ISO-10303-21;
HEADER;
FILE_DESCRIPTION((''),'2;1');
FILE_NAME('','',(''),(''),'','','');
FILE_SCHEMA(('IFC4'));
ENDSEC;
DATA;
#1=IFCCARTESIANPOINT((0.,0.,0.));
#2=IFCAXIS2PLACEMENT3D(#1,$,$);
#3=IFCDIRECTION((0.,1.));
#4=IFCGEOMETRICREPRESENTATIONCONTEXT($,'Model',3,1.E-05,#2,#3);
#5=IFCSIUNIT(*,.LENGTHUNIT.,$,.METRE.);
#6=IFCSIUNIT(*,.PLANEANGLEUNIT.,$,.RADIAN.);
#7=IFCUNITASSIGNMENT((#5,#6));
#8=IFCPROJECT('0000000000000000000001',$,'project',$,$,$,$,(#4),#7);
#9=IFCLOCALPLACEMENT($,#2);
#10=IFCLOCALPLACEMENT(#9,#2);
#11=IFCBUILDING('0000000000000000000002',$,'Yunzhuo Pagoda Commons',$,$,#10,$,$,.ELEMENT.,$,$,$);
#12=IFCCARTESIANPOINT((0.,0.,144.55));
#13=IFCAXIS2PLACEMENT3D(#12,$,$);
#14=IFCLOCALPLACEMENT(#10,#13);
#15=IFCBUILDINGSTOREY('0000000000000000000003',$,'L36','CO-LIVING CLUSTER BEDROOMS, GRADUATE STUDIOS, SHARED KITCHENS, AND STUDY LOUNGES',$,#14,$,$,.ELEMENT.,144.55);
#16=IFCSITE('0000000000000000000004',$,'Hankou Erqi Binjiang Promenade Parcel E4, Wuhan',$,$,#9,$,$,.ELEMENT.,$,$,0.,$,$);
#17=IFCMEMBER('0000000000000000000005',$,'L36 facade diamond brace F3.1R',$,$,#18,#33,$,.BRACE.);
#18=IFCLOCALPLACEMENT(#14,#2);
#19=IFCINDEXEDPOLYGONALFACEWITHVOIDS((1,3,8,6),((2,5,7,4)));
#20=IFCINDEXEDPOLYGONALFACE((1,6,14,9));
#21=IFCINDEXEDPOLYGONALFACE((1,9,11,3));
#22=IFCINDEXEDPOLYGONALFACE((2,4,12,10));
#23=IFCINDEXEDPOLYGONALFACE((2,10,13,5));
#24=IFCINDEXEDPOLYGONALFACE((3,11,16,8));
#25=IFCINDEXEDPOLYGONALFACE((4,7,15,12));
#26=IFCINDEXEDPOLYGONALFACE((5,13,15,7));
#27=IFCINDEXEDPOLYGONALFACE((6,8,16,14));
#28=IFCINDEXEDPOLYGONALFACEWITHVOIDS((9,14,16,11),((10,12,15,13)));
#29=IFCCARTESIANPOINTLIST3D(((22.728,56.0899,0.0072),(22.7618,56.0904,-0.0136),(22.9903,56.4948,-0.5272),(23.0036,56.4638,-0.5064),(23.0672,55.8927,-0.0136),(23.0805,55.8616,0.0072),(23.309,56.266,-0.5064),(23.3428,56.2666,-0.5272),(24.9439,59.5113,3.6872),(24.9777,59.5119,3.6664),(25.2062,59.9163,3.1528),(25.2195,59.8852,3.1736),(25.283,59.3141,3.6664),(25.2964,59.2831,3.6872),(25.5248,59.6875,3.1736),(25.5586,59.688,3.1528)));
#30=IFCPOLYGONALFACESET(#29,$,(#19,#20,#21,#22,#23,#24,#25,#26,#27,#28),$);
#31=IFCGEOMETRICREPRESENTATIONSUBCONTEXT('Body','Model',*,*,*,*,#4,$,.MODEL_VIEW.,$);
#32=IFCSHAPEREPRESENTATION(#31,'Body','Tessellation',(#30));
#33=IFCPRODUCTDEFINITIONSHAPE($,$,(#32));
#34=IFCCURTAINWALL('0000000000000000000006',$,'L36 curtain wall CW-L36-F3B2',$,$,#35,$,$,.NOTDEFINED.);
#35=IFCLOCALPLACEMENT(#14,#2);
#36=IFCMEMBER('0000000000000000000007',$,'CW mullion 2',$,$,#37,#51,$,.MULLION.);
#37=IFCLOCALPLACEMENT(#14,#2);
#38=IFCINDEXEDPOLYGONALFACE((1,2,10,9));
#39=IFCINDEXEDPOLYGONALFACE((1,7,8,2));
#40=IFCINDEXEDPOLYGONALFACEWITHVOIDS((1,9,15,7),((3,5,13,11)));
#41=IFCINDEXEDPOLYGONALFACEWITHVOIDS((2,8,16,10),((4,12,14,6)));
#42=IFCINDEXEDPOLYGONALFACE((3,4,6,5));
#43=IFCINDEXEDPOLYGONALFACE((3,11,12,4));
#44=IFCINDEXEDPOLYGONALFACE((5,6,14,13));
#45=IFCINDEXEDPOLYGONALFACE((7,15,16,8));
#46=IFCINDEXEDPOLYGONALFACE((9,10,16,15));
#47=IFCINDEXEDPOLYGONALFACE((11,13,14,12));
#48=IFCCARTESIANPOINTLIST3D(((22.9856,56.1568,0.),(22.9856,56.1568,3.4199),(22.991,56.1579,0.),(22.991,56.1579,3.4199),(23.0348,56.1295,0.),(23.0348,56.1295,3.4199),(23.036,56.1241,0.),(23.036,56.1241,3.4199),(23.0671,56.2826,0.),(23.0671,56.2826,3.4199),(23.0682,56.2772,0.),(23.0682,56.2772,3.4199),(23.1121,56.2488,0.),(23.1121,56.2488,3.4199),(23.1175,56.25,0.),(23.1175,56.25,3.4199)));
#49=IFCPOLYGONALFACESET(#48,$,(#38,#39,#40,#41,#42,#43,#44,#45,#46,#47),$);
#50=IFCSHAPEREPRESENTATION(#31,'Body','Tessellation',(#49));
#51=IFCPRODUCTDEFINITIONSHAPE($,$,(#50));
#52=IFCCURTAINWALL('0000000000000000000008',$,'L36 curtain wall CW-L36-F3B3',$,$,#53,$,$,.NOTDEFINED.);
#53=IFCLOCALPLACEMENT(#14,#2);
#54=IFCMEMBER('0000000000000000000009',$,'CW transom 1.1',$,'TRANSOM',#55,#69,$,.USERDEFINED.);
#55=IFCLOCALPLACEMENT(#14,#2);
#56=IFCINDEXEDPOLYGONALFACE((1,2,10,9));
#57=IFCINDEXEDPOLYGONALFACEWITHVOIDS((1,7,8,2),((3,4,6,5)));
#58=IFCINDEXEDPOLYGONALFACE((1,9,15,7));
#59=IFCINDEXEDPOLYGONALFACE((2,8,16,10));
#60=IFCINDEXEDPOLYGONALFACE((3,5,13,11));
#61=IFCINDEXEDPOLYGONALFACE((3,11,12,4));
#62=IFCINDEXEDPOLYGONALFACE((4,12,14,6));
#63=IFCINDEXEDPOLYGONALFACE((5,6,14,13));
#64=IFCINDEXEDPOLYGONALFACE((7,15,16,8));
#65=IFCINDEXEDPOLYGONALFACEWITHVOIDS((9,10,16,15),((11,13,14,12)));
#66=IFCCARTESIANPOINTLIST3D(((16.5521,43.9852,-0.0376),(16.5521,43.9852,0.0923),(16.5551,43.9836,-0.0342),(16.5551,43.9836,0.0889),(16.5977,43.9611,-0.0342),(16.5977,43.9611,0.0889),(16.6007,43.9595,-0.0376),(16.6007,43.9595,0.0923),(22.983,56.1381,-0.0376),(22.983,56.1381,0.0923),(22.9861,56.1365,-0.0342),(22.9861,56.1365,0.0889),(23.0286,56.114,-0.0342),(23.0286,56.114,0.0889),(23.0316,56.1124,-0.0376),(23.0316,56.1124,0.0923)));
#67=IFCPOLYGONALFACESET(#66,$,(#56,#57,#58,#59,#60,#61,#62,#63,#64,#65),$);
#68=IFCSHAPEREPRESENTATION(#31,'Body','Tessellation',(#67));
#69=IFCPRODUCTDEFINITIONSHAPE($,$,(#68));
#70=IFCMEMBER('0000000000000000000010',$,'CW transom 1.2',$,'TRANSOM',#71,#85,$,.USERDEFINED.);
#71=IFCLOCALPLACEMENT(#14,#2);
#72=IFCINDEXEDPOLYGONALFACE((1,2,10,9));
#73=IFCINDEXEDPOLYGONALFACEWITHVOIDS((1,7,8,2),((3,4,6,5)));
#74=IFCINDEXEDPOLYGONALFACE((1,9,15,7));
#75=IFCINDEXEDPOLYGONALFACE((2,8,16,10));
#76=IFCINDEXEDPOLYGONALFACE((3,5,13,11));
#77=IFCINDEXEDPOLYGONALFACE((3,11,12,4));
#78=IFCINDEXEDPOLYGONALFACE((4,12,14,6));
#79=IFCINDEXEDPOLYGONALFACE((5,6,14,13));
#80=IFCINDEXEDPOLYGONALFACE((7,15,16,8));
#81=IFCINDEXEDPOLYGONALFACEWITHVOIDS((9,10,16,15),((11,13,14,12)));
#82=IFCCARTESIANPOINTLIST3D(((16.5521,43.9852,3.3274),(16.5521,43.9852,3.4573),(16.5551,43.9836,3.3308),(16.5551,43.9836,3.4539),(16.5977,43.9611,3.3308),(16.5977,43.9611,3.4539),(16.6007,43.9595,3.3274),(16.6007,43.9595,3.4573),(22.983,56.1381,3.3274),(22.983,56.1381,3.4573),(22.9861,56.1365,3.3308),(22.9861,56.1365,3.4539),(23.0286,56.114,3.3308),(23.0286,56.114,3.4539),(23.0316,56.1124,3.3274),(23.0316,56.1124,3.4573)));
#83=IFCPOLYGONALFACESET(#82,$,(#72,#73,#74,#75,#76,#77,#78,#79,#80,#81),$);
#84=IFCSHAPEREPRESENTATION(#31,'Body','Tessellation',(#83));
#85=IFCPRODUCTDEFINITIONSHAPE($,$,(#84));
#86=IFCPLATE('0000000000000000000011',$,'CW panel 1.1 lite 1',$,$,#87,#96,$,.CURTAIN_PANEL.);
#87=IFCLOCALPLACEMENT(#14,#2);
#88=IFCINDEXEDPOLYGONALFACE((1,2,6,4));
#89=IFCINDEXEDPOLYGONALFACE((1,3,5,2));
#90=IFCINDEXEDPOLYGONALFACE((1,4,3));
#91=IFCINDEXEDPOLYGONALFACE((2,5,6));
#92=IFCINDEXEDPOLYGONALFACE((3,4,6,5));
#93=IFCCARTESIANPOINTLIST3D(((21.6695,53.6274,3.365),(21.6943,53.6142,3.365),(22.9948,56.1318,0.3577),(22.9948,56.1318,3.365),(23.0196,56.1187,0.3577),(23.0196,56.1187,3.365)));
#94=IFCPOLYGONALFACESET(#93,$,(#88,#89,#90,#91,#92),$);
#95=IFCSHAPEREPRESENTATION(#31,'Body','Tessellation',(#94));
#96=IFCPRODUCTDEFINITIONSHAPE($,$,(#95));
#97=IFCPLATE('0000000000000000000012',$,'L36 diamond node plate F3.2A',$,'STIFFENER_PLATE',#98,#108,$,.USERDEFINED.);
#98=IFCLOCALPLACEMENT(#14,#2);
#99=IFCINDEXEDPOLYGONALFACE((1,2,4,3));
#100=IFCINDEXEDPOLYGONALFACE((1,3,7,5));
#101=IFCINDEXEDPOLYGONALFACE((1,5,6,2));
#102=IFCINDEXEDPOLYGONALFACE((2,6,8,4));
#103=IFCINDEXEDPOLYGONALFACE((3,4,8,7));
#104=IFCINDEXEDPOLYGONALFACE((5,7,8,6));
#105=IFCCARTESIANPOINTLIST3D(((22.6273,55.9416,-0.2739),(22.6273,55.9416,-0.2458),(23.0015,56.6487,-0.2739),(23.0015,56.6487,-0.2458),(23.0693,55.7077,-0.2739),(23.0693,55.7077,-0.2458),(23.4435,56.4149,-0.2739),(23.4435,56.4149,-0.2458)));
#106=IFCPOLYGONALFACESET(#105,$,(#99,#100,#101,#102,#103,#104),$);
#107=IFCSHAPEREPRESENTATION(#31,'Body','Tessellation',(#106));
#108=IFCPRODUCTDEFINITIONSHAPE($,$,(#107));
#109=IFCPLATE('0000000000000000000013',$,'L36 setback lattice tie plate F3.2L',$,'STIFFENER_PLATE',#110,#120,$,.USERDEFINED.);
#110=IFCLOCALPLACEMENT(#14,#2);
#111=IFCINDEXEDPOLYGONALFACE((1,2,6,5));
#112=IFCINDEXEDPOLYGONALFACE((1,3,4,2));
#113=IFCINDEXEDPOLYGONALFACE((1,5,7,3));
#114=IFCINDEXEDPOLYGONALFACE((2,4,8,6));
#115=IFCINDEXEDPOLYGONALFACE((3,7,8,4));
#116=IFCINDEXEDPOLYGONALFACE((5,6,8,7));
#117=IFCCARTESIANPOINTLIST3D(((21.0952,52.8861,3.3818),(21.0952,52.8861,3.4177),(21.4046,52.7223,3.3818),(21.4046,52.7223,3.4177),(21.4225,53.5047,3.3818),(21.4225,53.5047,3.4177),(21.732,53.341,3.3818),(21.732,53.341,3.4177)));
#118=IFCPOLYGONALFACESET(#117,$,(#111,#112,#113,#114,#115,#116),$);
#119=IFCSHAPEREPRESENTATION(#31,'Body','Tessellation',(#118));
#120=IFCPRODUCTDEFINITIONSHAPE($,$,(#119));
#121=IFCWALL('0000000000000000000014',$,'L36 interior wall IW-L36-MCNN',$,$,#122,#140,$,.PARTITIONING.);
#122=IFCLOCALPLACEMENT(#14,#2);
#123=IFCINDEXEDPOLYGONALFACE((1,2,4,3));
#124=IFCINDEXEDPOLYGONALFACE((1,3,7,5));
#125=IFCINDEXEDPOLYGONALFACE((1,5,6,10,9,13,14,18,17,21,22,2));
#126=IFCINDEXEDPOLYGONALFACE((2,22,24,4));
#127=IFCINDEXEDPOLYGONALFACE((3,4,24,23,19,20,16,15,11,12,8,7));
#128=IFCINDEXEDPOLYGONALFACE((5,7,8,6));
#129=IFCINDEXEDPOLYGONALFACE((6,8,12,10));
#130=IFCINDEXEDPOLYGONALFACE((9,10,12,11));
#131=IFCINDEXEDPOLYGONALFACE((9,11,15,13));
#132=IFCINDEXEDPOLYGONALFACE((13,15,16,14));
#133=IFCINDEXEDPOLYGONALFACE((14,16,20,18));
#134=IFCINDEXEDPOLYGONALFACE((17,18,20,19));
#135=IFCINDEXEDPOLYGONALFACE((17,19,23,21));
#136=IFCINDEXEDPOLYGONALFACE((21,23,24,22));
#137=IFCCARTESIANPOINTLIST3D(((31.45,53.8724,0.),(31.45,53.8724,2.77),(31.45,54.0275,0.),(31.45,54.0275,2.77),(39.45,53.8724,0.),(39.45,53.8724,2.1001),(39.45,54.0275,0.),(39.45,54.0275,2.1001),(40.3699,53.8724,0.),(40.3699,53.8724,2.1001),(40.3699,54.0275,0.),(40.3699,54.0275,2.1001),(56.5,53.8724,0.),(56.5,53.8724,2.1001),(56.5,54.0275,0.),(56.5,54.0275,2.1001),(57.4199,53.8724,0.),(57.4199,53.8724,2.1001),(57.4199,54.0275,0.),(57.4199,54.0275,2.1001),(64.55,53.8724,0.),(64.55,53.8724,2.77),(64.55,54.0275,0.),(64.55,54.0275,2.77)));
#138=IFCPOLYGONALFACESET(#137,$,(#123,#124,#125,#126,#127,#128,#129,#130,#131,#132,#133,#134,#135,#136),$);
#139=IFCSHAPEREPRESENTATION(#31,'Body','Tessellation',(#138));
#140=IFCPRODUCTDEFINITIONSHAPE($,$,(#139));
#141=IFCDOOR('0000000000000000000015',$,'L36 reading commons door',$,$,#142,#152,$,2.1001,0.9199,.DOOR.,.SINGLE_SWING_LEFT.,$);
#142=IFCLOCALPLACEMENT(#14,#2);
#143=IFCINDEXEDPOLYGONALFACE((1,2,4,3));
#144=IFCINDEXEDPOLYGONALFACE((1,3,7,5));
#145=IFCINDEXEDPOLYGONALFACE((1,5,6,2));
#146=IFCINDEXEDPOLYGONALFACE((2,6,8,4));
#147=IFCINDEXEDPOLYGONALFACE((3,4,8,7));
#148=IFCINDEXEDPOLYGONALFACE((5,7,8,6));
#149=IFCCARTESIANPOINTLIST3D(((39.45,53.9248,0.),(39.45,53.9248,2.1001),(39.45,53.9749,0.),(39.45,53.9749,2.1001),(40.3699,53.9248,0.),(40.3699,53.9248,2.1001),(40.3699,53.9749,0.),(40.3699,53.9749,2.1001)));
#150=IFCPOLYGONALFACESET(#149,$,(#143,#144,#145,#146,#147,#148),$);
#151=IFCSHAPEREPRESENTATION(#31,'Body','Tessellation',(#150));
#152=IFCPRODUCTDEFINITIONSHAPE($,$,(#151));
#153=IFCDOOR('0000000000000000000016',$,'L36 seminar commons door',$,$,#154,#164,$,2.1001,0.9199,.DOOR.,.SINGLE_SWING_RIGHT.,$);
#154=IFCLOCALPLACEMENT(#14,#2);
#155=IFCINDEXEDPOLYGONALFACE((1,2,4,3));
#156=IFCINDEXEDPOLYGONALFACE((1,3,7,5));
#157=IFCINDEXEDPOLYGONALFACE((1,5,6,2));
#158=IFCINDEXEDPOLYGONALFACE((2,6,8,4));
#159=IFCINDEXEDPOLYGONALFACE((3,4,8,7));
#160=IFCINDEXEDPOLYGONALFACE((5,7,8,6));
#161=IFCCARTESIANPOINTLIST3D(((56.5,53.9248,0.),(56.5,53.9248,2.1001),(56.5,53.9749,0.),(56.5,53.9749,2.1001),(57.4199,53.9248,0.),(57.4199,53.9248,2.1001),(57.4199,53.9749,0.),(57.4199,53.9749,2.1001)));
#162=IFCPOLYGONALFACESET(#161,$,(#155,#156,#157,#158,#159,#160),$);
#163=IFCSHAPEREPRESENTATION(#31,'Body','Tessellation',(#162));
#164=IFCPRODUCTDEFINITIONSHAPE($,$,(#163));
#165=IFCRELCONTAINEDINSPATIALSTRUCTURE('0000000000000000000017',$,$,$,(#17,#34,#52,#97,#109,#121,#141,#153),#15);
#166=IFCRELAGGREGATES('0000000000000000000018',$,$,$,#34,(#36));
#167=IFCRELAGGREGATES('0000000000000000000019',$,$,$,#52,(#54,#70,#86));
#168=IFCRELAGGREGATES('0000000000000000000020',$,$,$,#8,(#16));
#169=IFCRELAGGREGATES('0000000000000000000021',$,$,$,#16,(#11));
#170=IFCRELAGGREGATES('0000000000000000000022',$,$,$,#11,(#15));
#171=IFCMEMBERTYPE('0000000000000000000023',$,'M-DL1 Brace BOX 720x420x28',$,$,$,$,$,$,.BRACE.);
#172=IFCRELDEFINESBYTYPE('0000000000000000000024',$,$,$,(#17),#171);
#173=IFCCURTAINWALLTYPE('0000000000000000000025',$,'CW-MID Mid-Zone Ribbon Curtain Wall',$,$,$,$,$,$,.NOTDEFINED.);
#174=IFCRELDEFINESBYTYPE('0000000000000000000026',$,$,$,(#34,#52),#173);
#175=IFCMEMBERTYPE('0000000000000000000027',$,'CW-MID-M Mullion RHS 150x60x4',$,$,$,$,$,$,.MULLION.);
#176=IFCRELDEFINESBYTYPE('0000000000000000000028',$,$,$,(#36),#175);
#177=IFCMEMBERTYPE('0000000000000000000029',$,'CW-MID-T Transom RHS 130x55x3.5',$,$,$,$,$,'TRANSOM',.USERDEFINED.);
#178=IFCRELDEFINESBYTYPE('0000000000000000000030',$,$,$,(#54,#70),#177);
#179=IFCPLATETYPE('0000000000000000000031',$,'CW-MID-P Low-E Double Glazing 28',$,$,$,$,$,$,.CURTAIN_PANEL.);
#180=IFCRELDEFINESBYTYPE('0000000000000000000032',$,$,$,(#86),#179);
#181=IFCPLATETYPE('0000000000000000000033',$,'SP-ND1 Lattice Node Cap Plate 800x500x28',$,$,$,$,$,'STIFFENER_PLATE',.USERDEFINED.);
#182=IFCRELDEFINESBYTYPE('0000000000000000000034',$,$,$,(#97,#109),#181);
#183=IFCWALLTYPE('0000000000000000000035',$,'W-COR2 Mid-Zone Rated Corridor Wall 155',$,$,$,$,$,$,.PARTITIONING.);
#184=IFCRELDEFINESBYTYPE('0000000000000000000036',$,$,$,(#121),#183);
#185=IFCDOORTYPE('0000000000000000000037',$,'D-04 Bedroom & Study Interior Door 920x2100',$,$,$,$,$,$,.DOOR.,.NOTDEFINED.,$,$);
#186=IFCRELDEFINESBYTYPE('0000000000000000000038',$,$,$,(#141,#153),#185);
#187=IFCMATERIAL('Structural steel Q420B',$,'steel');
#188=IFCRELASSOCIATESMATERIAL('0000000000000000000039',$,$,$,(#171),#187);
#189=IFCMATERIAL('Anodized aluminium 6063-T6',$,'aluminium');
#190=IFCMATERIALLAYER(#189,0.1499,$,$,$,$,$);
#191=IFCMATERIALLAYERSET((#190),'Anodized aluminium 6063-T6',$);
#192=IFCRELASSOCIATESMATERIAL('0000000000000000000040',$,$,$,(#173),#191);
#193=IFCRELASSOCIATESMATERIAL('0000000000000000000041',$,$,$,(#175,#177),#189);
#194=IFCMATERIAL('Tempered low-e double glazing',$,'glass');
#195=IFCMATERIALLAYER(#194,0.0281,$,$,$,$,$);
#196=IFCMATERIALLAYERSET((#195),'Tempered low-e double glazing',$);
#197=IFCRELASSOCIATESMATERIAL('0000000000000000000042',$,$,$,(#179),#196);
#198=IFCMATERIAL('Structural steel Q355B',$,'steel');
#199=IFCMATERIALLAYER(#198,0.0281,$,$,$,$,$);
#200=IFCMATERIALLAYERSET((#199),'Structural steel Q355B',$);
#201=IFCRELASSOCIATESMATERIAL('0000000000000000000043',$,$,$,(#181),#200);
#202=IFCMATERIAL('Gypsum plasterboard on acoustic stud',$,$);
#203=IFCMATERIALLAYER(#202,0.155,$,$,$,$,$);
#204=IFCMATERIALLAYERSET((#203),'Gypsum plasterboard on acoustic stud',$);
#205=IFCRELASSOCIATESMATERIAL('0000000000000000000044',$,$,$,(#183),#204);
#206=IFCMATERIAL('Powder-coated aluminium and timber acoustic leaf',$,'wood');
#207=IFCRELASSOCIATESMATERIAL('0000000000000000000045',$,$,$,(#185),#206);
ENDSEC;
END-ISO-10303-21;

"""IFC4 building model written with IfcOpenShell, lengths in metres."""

from ifc_helpers import new_model, si_unit, direction, frame, frame_2d, origin, origin_with_axes, origin_2d, place, context, subcontext, project, spatial, polyline, rectangle, hollow_rectangle, outline, extrude, source, transform, mapped, material, layer, layer_set, material_profile, profile_set, type_object, element, fill, aggregate, save


model = new_model("IFC4")

# Units and contexts
model_context = context("Model", 3, precision=1e-05, world=origin(), true_north=direction((0.0, 1.0)))
body_context = subcontext(model_context, "Body", "Model", "MODEL_VIEW")
ifc_project = project(units=[si_unit("LENGTHUNIT", "METRE"), si_unit("PLANEANGLEUNIT", "RADIAN")], contexts=[model_context])

# Site, building, storey
site_placement = place(None, origin())
site = spatial("IfcSite", under=ifc_project, at=site_placement, Name="Hankou Erqi Binjiang Promenade Parcel E4, Wuhan", CompositionType="ELEMENT", RefElevation=0.0)
building_placement = place(site_placement, origin())
building = spatial("IfcBuilding", under=site, at=building_placement, Name="Yunzhuo Pagoda Commons", CompositionType="ELEMENT")
storey_placement = place(building_placement, frame((0.0, 0.0, 144.55)))
storey = spatial("IfcBuildingStorey", under=building, at=storey_placement, Name="L36", Description="CO-LIVING CLUSTER BEDROOMS, GRADUATE STUDIOS, SHARED KITCHENS, AND STUDY LOUNGES", CompositionType="ELEMENT", Elevation=144.55)

# Shared definitions
ifc_material_1 = material(Name="Structural steel Q420B", Category="steel")

# Shared definitions
ifc_material_2 = material(Name="Structural steel Q355B", Category="steel")

# Member
ifc_material_profile_1 = material_profile(ifc_material_1, hollow_rectangle(XDim=0.4199, YDim=0.72, WallThickness=0.0281, at=origin_2d()), Name="Structural steel Q420B")
ifc_profile_set_1 = profile_set([ifc_material_profile_1], Name="Structural steel Q420B")
member_type_1 = type_object("IfcMemberType", Name="M-DL1 Brace BOX 720x420x28", PredefinedType="BRACE", material=ifc_profile_set_1)
shared_shape_1 = source(origin(), body_context, "Body", "SweptSolid", [
    extrude(hollow_rectangle(XDim=0.4199, YDim=0.72, WallThickness=0.0281, at=origin_2d()), origin(), (0.0, 0.0, 1.0), 5.4917),
])
member_1_placement = place(storey_placement, frame((23.0354, 56.1782, -0.26), z_axis=(0.403493, 0.623022, 0.670102), x_axis=(-0.839348, 0.543594, 0.0)))
element("IfcMember", 1, at=member_1_placement, inside=storey, type_object=member_type_1, Name="L36 facade diamond brace F3.1R", PredefinedType="BRACE", context=body_context, shape_type="MappedRepresentation", body=[
    mapped(shared_shape_1, transform((0.0, 0.0, 0.0), scale=1.0)),
])

# Curtain wall, member
ifc_material_3 = material(Name="Anodized aluminium 6063-T6", Category="aluminium")
ifc_layer_1 = layer(ifc_material_3, 0.1499)
ifc_layer_set_1 = layer_set([ifc_layer_1], Name="Anodized aluminium 6063-T6")
curtain_wall_type = type_object("IfcCurtainWallType", Name="CW-MID Mid-Zone Ribbon Curtain Wall", PredefinedType="NOTDEFINED", material=ifc_layer_set_1)
curtain_wall_1_placement = place(storey_placement, origin())
curtain_wall_1 = element("IfcCurtainWall", 2, at=curtain_wall_1_placement, inside=storey, type_object=curtain_wall_type, Name="L36 curtain wall CW-L36-F3B2", PredefinedType="NOTDEFINED")
ifc_material_profile_2 = material_profile(ifc_material_3, hollow_rectangle(XDim=0.0601, YDim=0.1499, WallThickness=0.0039, at=origin_2d()), Name="Anodized aluminium 6063-T6")
ifc_profile_set_2 = profile_set([ifc_material_profile_2], Name="Anodized aluminium 6063-T6")
member_type_2 = type_object("IfcMemberType", Name="CW-MID-M Mullion RHS 150x60x4", PredefinedType="MULLION", material=ifc_profile_set_2)
shared_shape_2 = source(origin(), body_context, "Body", "SweptSolid", [
    extrude(hollow_rectangle(XDim=0.0601, YDim=0.1499, WallThickness=0.0039, at=origin_2d()), origin(), (0.0, 0.0, 1.0), 3.4199),
])
member_2_placement = place(storey_placement, frame((23.0515, 56.2034, 0.0), z_axis=(0.0, 0.0, 1.0), x_axis=(0.83932, -0.543637, 0.0)))
member_2 = element("IfcMember", 3, at=member_2_placement, type_object=member_type_2, Name="CW mullion 2", PredefinedType="MULLION", context=body_context, shape_type="MappedRepresentation", body=[
    mapped(shared_shape_2, transform((0.0, 0.0, 0.0), scale=1.0)),
])
aggregate(curtain_wall_1, [member_2])

# Curtain wall, members, plate
curtain_wall_2_placement = place(storey_placement, origin())
curtain_wall_2 = element("IfcCurtainWall", 4, at=curtain_wall_2_placement, inside=storey, type_object=curtain_wall_type, Name="L36 curtain wall CW-L36-F3B3", PredefinedType="NOTDEFINED")
ifc_material_profile_3 = material_profile(ifc_material_3, hollow_rectangle(XDim=0.0549, YDim=0.1299, WallThickness=0.0034, at=origin_2d()), Name="Anodized aluminium 6063-T6")
ifc_profile_set_3 = profile_set([ifc_material_profile_3], Name="Anodized aluminium 6063-T6")
member_type_3 = type_object("IfcMemberType", Name="CW-MID-T Transom RHS 130x55x3.5", ElementType="TRANSOM", PredefinedType="USERDEFINED", material=ifc_profile_set_3)
shared_shape_3 = source(origin(), body_context, "Body", "SweptSolid", [
    extrude(hollow_rectangle(XDim=0.0549, YDim=0.1299, WallThickness=0.0034, at=origin_2d()), origin(), (0.0, 0.0, 1.0), 13.7495),
])
member_3_placement = place(storey_placement, frame((23.0073, 56.1252, 0.0273), z_axis=(-0.46772, -0.883876, 0.0), x_axis=(0.883876, -0.46772, 0.0)))
member_3 = element("IfcMember", 5, at=member_3_placement, type_object=member_type_3, Name="CW transom 1.1", ObjectType="TRANSOM", PredefinedType="USERDEFINED", context=body_context, shape_type="MappedRepresentation", body=[
    mapped(shared_shape_3, transform((0.0, 0.0, 0.0), scale=1.0)),
])
member_4_placement = place(storey_placement, frame((23.0073, 56.1252, 3.3923), z_axis=(-0.46772, -0.883876, 0.0), x_axis=(0.883876, -0.46772, 0.0)))
member_4 = element("IfcMember", 6, at=member_4_placement, type_object=member_type_3, Name="CW transom 1.2", ObjectType="TRANSOM", PredefinedType="USERDEFINED", context=body_context, shape_type="MappedRepresentation", body=[
    mapped(shared_shape_3, transform((0.0, 0.0, 0.0), scale=1.0)),
])
ifc_material_4 = material(Name="Tempered low-e double glazing", Category="glass")
ifc_layer_2 = layer(ifc_material_4, 0.0281)
ifc_layer_set_2 = layer_set([ifc_layer_2], Name="Tempered low-e double glazing")
plate_type_1 = type_object("IfcPlateType", Name="CW-MID-P Low-E Double Glazing 28", PredefinedType="CURTAIN_PANEL", material=ifc_layer_set_2)
plate_1_placement = place(storey_placement, frame((22.3569, 54.8665, 1.8613), z_axis=(-0.883879, 0.467715, 0.0), x_axis=(-0.467715, -0.883879, 0.0)))
plate_1 = element("IfcPlate", 7, at=plate_1_placement, type_object=plate_type_1, Name="CW panel 1.1 lite 1", PredefinedType="CURTAIN_PANEL", context=body_context, shape_type="SweptSolid", body=[
    extrude(outline(polyline([(-1.4167, -1.5037), (1.4167, 1.5037), (-1.4167, 1.5037), (-1.4167, -1.5037)])), origin(), (0.0, 0.0, 1.0), 0.0281),
])
aggregate(curtain_wall_2, [member_3, member_4, plate_1])

# Plates
ifc_layer_3 = layer(ifc_material_2, 0.0281)
ifc_layer_set_3 = layer_set([ifc_layer_3], Name="Structural steel Q355B")
plate_type_2 = type_object("IfcPlateType", Name="SP-ND1 Lattice Node Cap Plate 800x500x28", ElementType="STIFFENER_PLATE", PredefinedType="USERDEFINED", material=ifc_layer_set_3)
shared_shape_4 = source(origin(), body_context, "Body", "SweptSolid", [
    extrude(rectangle(XDim=0.8, YDim=0.5, at=origin_2d()), origin(), (0.0, 0.0, 1.0), 0.0281),
])
plate_2_placement = place(storey_placement, frame((23.0354, 56.1782, -0.2739), z_axis=(0.0, 0.0, 1.0), x_axis=(-0.467714, -0.88388, 0.0)))
element("IfcPlate", 8, at=plate_2_placement, inside=storey, type_object=plate_type_2, Name="L36 diamond node plate F3.2A", ObjectType="STIFFENER_PLATE", PredefinedType="USERDEFINED", context=body_context, shape_type="MappedRepresentation", body=[
    mapped(shared_shape_4, transform((0.0, 0.0, 0.0), scale=1.0)),
])
shared_shape_5 = source(origin(), body_context, "Body", "SweptSolid", [
    extrude(rectangle(XDim=0.7, YDim=0.3501, at=origin_2d()), origin(), (0.0, 0.0, 1.0), 0.0359),
])
plate_3_placement = place(storey_placement, frame((21.4136, 53.1135, 3.3818), z_axis=(0.0, 0.0, 1.0), x_axis=(-0.467714, -0.88388, 0.0)))
element("IfcPlate", 9, at=plate_3_placement, inside=storey, type_object=plate_type_2, Name="L36 setback lattice tie plate F3.2L", ObjectType="STIFFENER_PLATE", PredefinedType="USERDEFINED", context=body_context, shape_type="MappedRepresentation", body=[
    mapped(shared_shape_5, transform((0.0, 0.0, 0.0), scale=1.0)),
])

# Wall, openings, doors
ifc_material_5 = material(Name="Gypsum plasterboard on acoustic stud")
ifc_layer_4 = layer(ifc_material_5, 0.155)
ifc_layer_set_4 = layer_set([ifc_layer_4], Name="Gypsum plasterboard on acoustic stud")
wall_type_1 = type_object("IfcWallType", Name="W-COR2 Mid-Zone Rated Corridor Wall 155", PredefinedType="PARTITIONING", material=ifc_layer_set_4)
wall_1_placement = place(storey_placement, frame((31.45, 53.95, 0.0), z_axis=(0.0, 0.0, 1.0), x_axis=(1.0, 0.0, 0.0)))
wall_1 = element("IfcWall", 10, at=wall_1_placement, inside=storey, type_object=wall_type_1, Name="L36 interior wall IW-L36-MCNN", PredefinedType="PARTITIONING", context=body_context, shape_type="SweptSolid", body=[
    extrude(rectangle(XDim=33.1001, YDim=0.155, at=frame_2d((16.55, 0.0))), origin(), (0.0, 0.0, 1.0), 2.77),
])
opening_1_placement = place(wall_1_placement, frame((8.0, 0.0, 0.0)))
opening_1 = element("IfcOpeningElement", 11, at=opening_1_placement, cuts=wall_1, PredefinedType="OPENING", context=body_context, shape_type="SweptSolid", body=[
    extrude(rectangle(XDim=0.9199, YDim=2.1001, at=frame_2d((0.46, 1.05))), frame((0.0, 0.0874, 0.0), z_axis=(0.0, -1.0, 0.0), x_axis=(1.0, 0.0, 0.0)), (0.0, 0.0, 1.0), 0.175),
])
opening_2_placement = place(wall_1_placement, frame((25.05, 0.0, 0.0)))
opening_2 = element("IfcOpeningElement", 12, at=opening_2_placement, cuts=wall_1, PredefinedType="OPENING", context=body_context, shape_type="SweptSolid", body=[
    extrude(rectangle(XDim=0.9199, YDim=2.1001, at=frame_2d((0.46, 1.05))), frame((0.0, 0.0874, 0.0), z_axis=(0.0, -1.0, 0.0), x_axis=(1.0, 0.0, 0.0)), (0.0, 0.0, 1.0), 0.175),
])
ifc_material_6 = material(Name="Powder-coated aluminium and timber acoustic leaf", Category="wood")
door_type_1 = type_object("IfcDoorType", Name="D-04 Bedroom & Study Interior Door 920x2100", OperationType="NOTDEFINED", PredefinedType="DOOR", material=ifc_material_6)
shared_shape_6 = source(origin(), body_context, "Body", "SweptSolid", [
    extrude(rectangle(XDim=0.9199, YDim=2.1001, at=frame_2d((0.46, 1.05))), frame((0.0, 0.0249, 0.0), z_axis=(0.0, -1.0, 0.0), x_axis=(1.0, 0.0, 0.0)), (0.0, 0.0, 1.0), 0.05),
])
door_1_placement = place(opening_1_placement, origin_with_axes())
door_1 = element("IfcDoor", 13, at=door_1_placement, inside=storey, type_object=door_type_1, Name="L36 reading commons door", OperationType="SINGLE_SWING_LEFT", OverallHeight=2.1001, OverallWidth=0.9199, PredefinedType="DOOR", context=body_context, shape_type="MappedRepresentation", body=[
    mapped(shared_shape_6, transform((0.0, 0.0, 0.0), scale=1.0)),
])
fill(opening_1, door_1)
door_2_placement = place(opening_2_placement, origin_with_axes())
door_2 = element("IfcDoor", 14, at=door_2_placement, inside=storey, type_object=door_type_1, Name="L36 seminar commons door", OperationType="SINGLE_SWING_RIGHT", OverallHeight=2.1001, OverallWidth=0.9199, PredefinedType="DOOR", context=body_context, shape_type="MappedRepresentation", body=[
    mapped(shared_shape_6, transform((0.0, 0.0, 0.0), scale=1.0)),
])
fill(opening_2, door_2)

save(model, "model.ifc")
